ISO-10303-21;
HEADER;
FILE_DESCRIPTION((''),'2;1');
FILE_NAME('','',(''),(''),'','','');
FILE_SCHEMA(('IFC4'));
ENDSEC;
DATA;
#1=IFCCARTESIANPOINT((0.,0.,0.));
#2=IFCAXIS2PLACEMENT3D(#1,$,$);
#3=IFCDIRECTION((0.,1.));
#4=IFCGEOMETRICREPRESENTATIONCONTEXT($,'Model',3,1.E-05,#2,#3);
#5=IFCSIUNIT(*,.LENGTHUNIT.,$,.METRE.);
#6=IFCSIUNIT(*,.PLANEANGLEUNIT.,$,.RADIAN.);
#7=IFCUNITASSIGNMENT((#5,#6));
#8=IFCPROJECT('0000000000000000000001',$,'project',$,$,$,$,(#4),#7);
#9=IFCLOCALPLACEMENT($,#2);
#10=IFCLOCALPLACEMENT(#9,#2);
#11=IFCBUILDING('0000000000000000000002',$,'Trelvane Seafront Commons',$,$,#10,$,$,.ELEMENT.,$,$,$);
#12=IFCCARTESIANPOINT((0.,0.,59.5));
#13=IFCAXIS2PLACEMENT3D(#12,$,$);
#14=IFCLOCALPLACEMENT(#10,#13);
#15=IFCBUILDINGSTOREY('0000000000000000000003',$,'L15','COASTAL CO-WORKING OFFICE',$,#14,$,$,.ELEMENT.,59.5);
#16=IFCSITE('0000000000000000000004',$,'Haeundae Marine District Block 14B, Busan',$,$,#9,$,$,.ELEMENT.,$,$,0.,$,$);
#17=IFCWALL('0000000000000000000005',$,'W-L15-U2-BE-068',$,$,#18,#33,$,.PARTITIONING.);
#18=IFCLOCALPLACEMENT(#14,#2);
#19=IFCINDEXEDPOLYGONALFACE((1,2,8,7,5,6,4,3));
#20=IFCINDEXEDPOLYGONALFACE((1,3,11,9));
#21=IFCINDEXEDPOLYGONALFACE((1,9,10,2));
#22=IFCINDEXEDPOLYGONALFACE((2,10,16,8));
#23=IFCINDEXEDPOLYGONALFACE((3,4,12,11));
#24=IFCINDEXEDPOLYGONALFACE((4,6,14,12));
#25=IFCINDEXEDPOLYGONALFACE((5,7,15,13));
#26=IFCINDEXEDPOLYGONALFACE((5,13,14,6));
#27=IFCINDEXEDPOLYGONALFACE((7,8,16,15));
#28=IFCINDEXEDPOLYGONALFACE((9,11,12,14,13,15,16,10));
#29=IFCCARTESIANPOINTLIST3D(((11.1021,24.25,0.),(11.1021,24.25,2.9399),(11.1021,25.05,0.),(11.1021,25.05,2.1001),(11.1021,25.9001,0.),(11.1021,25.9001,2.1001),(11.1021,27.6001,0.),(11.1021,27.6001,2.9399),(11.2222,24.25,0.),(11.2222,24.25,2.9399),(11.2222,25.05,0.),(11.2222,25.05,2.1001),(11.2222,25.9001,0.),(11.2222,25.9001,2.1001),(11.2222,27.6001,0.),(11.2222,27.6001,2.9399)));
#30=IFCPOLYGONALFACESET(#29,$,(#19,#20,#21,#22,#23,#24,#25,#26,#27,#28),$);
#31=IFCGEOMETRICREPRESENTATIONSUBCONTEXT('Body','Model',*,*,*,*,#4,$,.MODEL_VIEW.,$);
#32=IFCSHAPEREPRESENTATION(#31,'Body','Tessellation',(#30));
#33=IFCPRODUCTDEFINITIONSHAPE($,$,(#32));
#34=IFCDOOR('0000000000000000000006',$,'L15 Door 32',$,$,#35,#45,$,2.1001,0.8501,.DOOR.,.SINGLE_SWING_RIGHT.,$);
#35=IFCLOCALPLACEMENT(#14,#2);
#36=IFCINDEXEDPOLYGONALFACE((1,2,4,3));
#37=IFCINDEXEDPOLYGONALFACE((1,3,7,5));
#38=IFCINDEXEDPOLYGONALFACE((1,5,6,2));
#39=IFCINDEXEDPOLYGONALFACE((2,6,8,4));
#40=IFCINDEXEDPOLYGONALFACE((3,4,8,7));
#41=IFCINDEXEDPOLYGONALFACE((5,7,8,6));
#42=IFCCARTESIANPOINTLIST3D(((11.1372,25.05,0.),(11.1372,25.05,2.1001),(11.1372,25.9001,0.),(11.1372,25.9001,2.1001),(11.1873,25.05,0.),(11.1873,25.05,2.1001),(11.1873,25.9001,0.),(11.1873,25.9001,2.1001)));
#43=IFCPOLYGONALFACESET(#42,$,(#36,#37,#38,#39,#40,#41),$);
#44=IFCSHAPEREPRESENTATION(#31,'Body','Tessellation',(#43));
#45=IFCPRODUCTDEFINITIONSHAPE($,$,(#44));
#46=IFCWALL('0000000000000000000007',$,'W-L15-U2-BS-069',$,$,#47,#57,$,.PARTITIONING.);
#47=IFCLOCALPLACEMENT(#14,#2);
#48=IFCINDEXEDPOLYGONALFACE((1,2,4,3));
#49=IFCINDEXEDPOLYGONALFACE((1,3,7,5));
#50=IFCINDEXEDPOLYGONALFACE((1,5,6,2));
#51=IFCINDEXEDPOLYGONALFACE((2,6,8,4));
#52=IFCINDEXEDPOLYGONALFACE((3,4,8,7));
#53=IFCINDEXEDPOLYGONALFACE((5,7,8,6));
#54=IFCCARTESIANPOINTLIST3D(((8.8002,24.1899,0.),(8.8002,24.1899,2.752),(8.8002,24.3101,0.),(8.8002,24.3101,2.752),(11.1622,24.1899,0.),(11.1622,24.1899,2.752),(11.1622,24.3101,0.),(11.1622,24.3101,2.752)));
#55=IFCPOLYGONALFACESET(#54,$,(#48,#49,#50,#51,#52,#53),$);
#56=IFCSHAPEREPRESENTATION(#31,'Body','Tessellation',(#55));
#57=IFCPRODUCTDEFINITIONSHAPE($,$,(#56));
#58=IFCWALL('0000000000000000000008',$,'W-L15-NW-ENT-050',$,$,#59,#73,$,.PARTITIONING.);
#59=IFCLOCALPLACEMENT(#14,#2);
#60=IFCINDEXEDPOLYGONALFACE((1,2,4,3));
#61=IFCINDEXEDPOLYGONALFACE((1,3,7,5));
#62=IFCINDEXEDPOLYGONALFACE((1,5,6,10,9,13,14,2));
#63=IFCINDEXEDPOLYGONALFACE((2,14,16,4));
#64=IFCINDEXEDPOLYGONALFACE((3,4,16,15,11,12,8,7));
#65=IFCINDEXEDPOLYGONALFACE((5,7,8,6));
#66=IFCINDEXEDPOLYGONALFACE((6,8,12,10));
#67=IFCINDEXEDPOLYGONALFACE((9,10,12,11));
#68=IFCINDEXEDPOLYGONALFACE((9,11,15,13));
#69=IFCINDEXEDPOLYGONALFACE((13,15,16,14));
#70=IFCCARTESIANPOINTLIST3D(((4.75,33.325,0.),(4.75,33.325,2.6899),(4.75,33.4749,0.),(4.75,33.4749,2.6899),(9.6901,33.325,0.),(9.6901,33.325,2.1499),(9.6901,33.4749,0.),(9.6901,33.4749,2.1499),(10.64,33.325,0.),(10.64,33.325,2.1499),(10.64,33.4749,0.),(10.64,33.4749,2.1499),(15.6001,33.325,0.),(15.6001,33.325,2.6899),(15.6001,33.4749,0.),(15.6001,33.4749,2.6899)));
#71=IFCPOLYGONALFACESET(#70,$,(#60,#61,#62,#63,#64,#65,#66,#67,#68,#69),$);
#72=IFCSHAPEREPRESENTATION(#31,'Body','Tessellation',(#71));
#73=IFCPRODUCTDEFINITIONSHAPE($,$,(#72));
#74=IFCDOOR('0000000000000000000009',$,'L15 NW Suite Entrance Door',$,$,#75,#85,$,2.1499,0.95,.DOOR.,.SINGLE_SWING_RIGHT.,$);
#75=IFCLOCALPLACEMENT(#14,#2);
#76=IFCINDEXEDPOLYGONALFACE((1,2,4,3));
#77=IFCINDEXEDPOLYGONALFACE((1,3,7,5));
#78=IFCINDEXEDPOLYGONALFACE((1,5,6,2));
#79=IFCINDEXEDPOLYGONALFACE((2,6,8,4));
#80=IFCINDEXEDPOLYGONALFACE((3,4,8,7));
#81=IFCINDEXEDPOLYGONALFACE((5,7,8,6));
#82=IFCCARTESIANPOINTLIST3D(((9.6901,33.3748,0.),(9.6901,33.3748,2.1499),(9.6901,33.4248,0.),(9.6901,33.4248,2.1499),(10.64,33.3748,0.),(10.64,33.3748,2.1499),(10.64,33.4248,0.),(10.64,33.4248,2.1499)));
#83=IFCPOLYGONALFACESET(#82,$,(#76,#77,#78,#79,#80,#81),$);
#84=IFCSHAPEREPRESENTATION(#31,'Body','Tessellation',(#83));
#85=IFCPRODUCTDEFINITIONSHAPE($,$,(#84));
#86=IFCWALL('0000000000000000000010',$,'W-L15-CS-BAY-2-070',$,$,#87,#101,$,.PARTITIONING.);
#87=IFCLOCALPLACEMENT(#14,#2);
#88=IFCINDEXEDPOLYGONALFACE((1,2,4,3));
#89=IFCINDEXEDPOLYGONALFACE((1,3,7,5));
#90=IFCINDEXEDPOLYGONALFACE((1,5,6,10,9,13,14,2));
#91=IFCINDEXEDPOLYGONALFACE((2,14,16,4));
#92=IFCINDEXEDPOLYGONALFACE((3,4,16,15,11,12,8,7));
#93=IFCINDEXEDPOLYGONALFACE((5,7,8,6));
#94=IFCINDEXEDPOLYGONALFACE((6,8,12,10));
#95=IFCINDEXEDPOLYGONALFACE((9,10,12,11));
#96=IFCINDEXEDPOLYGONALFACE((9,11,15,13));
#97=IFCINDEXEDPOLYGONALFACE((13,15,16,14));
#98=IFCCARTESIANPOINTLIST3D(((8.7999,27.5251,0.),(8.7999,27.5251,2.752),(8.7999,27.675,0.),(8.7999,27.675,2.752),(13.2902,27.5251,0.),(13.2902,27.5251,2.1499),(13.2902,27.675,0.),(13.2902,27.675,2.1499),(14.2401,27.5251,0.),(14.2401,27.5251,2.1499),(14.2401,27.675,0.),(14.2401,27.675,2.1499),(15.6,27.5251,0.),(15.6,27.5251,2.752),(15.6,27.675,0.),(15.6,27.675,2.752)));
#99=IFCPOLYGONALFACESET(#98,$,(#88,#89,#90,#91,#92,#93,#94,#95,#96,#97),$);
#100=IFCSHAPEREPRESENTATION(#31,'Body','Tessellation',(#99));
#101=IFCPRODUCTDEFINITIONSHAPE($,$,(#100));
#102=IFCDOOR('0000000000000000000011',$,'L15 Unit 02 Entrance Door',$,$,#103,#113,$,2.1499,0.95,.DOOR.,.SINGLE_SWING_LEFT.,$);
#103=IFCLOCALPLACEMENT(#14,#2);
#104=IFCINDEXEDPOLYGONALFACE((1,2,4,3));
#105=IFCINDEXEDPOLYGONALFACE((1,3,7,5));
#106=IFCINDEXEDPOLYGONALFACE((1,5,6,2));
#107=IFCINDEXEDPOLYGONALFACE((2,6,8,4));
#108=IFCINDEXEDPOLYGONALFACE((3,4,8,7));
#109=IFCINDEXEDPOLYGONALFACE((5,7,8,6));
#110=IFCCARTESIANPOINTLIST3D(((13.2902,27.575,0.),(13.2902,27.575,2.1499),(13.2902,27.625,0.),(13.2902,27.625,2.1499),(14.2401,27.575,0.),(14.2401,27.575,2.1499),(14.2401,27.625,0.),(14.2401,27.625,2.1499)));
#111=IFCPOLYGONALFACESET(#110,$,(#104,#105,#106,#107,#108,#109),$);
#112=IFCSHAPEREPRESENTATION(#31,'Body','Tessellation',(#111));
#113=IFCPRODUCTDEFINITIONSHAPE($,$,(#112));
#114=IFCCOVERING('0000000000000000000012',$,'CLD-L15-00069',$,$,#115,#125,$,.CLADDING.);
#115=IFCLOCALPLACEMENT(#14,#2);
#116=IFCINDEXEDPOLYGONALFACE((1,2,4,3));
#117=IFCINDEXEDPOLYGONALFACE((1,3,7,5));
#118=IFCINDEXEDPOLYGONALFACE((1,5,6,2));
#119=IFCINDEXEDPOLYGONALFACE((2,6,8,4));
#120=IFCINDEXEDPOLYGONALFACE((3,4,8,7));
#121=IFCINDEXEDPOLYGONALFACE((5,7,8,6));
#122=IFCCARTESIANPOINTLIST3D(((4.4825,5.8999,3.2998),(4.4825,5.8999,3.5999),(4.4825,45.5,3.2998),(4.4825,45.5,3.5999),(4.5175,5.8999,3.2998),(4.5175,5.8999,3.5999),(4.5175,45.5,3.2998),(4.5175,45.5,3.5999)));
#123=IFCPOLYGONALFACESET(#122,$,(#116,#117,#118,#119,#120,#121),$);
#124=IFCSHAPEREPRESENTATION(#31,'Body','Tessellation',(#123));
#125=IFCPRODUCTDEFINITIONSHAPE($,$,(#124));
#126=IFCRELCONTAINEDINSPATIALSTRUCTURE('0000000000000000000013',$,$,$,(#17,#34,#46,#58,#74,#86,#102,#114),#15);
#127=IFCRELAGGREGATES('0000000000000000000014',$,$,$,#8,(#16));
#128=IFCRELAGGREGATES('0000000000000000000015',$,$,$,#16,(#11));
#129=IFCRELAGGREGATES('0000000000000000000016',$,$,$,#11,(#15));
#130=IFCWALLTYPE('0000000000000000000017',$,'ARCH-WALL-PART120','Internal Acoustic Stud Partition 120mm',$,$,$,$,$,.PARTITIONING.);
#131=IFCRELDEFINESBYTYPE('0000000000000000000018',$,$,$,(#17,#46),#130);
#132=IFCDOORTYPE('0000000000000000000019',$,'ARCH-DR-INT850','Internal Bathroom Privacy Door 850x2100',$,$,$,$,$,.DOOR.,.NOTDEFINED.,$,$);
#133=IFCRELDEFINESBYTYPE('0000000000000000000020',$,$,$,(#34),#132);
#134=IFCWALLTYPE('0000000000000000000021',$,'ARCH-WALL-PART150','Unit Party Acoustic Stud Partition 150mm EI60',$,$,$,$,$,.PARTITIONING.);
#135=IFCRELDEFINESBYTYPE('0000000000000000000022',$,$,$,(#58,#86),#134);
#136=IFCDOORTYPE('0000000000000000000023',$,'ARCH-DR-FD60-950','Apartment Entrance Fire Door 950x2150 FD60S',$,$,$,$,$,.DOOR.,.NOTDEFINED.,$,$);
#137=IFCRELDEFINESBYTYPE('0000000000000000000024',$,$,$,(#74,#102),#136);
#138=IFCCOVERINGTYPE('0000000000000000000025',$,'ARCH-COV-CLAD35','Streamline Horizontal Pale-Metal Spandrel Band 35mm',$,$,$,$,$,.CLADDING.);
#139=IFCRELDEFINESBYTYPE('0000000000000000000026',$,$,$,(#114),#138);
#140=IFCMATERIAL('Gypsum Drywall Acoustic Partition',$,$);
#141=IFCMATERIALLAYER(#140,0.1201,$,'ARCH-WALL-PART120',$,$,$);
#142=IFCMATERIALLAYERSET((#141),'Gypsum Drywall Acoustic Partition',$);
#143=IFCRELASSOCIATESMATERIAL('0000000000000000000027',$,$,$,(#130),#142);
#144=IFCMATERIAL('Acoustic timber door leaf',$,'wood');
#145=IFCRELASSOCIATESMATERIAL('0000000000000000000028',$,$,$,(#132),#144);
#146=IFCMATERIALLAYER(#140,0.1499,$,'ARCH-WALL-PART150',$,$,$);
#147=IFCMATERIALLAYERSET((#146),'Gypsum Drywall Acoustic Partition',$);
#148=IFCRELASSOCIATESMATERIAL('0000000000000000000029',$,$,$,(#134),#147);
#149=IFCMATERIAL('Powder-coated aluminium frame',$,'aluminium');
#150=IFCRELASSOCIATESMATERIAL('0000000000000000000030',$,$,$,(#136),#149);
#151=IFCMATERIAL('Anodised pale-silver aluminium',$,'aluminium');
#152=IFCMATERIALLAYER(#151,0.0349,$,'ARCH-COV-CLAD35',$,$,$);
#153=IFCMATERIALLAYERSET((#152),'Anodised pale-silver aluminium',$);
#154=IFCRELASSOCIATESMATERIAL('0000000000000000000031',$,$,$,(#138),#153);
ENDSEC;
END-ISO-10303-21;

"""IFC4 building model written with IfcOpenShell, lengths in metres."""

from ifc_helpers import new_model, si_unit, direction, frame, frame_2d, origin, origin_2d, place, context, subcontext, project, spatial, rectangle, extrude, source, transform, mapped, material, layer, layer_set, type_object, element, fill, save


model = new_model("IFC4")

# Units and contexts
model_context = context("Model", 3, precision=1e-05, world=origin(), true_north=direction((0.0, 1.0)))
body_context = subcontext(model_context, "Body", "Model", "MODEL_VIEW")
ifc_project = project(units=[si_unit("LENGTHUNIT", "METRE"), si_unit("PLANEANGLEUNIT", "RADIAN")], contexts=[model_context])

# Site, building, storey
site_placement = place(None, origin())
site = spatial("IfcSite", under=ifc_project, at=site_placement, Name="Haeundae Marine District Block 14B, Busan", CompositionType="ELEMENT", RefElevation=0.0)
building_placement = place(site_placement, origin())
building = spatial("IfcBuilding", under=site, at=building_placement, Name="Trelvane Seafront Commons", CompositionType="ELEMENT")
storey_placement = place(building_placement, frame((0.0, 0.0, 59.5)))
storey = spatial("IfcBuildingStorey", under=building, at=storey_placement, Name="L15", Description="COASTAL CO-WORKING OFFICE", CompositionType="ELEMENT", Elevation=59.5)

# Wall, opening, door
ifc_material_1 = material(Name="Gypsum Drywall Acoustic Partition")
ifc_layer_1 = layer(ifc_material_1, 0.1201, Name="ARCH-WALL-PART120")
ifc_layer_set_1 = layer_set([ifc_layer_1], Name="Gypsum Drywall Acoustic Partition")
wall_type_1 = type_object("IfcWallType", Name="ARCH-WALL-PART120", Description="Internal Acoustic Stud Partition 120mm", PredefinedType="PARTITIONING", material=ifc_layer_set_1)
ifc_material_2 = material(Name="Acoustic timber door leaf", Category="wood")
shared_shape_1 = source(origin(), body_context, "Body", "SweptSolid", [
    extrude(rectangle(XDim=0.95, YDim=2.1499, at=frame_2d((0.4751, 1.075))), frame((0.0, 0.0249, 0.0), z_axis=(0.0, -1.0, 0.0), x_axis=(1.0, 0.0, 0.0)), (0.0, 0.0, 1.0), 0.05),
])
wall_1_placement = place(storey_placement, frame((11.1621, 24.25, 0.0), z_axis=(0.0, 0.0, 1.0), x_axis=(0.0, 1.0, 0.0)))
wall_1 = element("IfcWall", 1, at=wall_1_placement, inside=storey, type_object=wall_type_1, Name="W-L15-U2-BE-068", PredefinedType="PARTITIONING", context=body_context, shape_type="SweptSolid", body=[
    extrude(rectangle(XDim=3.3501, YDim=0.1201, at=frame_2d((1.675, 0.0))), origin(), (0.0, 0.0, 1.0), 2.9399),
])
opening_1_placement = place(wall_1_placement, frame((0.8, 0.0, 0.0)))
opening_1 = element("IfcOpeningElement", 2, at=opening_1_placement, cuts=wall_1, PredefinedType="OPENING", context=body_context, shape_type="SweptSolid", body=[
    extrude(rectangle(XDim=0.8501, YDim=2.1001, at=frame_2d((0.425, 1.05))), frame((0.0, 0.0701, 0.0), z_axis=(0.0, -1.0, 0.0), x_axis=(1.0, 0.0, 0.0)), (0.0, 0.0, 1.0), 0.1401),
])
door_type_1 = type_object("IfcDoorType", Name="ARCH-DR-INT850", Description="Internal Bathroom Privacy Door 850x2100", OperationType="NOTDEFINED", PredefinedType="DOOR", material=ifc_material_2)
shared_shape_2 = source(origin(), body_context, "Body", "SweptSolid", [
    extrude(rectangle(XDim=0.8501, YDim=2.1001, at=frame_2d((0.425, 1.05))), frame((0.0, 0.0249, 0.0), z_axis=(0.0, -1.0, 0.0), x_axis=(1.0, 0.0, 0.0)), (0.0, 0.0, 1.0), 0.05),
])
door_1_placement = place(opening_1_placement, origin())
door_1 = element("IfcDoor", 3, at=door_1_placement, inside=storey, type_object=door_type_1, Name="L15 Door 32", OperationType="SINGLE_SWING_RIGHT", OverallHeight=2.1001, OverallWidth=0.8501, PredefinedType="DOOR", context=body_context, shape_type="MappedRepresentation", body=[
    mapped(shared_shape_2, transform((0.0, 0.0, 0.0), x_axis=(1.0, 0.0, 0.0), y_axis=(0.0, 1.0, 0.0), z_axis=(0.0, 0.0, 1.0), scale=1.0)),
])
fill(opening_1, door_1)

# Wall
wall_2_placement = place(storey_placement, frame((8.8, 24.25, 0.0), z_axis=(0.0, 0.0, 1.0), x_axis=(1.0, 0.0, 0.0)))
element("IfcWall", 4, at=wall_2_placement, inside=storey, type_object=wall_type_1, Name="W-L15-U2-BS-069", PredefinedType="PARTITIONING", context=body_context, shape_type="SweptSolid", body=[
    extrude(rectangle(XDim=2.3621, YDim=0.1201, at=frame_2d((1.1812, 0.0))), origin(), (0.0, 0.0, 1.0), 2.752),
])

# Walls, openings, doors
ifc_layer_2 = layer(ifc_material_1, 0.1499, Name="ARCH-WALL-PART150")
ifc_layer_set_2 = layer_set([ifc_layer_2], Name="Gypsum Drywall Acoustic Partition")
wall_type_2 = type_object("IfcWallType", Name="ARCH-WALL-PART150", Description="Unit Party Acoustic Stud Partition 150mm EI60", PredefinedType="PARTITIONING", material=ifc_layer_set_2)
wall_3_placement = place(storey_placement, frame((4.75, 33.3999, 0.0), z_axis=(0.0, 0.0, 1.0), x_axis=(1.0, 0.0, 0.0)))
wall_3 = element("IfcWall", 5, at=wall_3_placement, inside=storey, type_object=wall_type_2, Name="W-L15-NW-ENT-050", PredefinedType="PARTITIONING", context=body_context, shape_type="SweptSolid", body=[
    extrude(rectangle(XDim=10.8501, YDim=0.1499, at=frame_2d((5.425, 0.0))), origin(), (0.0, 0.0, 1.0), 2.6899),
])
opening_2_placement = place(wall_3_placement, frame((4.9399, 0.0, 0.0)))
opening_2 = element("IfcOpeningElement", 6, at=opening_2_placement, cuts=wall_3, PredefinedType="OPENING", context=body_context, shape_type="SweptSolid", body=[
    extrude(rectangle(XDim=0.95, YDim=2.1499, at=frame_2d((0.4751, 1.075))), frame((0.0, 0.085, 0.0), z_axis=(0.0, -1.0, 0.0), x_axis=(1.0, 0.0, 0.0)), (0.0, 0.0, 1.0), 0.1699),
])
ifc_material_3 = material(Name="Powder-coated aluminium frame", Category="aluminium")
door_type_2 = type_object("IfcDoorType", Name="ARCH-DR-FD60-950", Description="Apartment Entrance Fire Door 950x2150 FD60S", OperationType="NOTDEFINED", PredefinedType="DOOR", material=ifc_material_3)
door_2_placement = place(opening_2_placement, origin())
door_2 = element("IfcDoor", 7, at=door_2_placement, inside=storey, type_object=door_type_2, Name="L15 NW Suite Entrance Door", OperationType="SINGLE_SWING_RIGHT", OverallHeight=2.1499, OverallWidth=0.95, PredefinedType="DOOR", context=body_context, shape_type="MappedRepresentation", body=[
    mapped(shared_shape_1, transform((0.0, 0.0, 0.0), x_axis=(1.0, 0.0, 0.0), y_axis=(0.0, 1.0, 0.0), z_axis=(0.0, 0.0, 1.0), scale=1.0)),
])
fill(opening_2, door_2)
wall_4_placement = place(storey_placement, frame((8.8, 27.6001, 0.0), z_axis=(0.0, 0.0, 1.0), x_axis=(1.0, 0.0, 0.0)))
wall_4 = element("IfcWall", 8, at=wall_4_placement, inside=storey, type_object=wall_type_2, Name="W-L15-CS-BAY-2-070", PredefinedType="PARTITIONING", context=body_context, shape_type="SweptSolid", body=[
    extrude(rectangle(XDim=6.8, YDim=0.1499, at=frame_2d((3.3999, 0.0))), origin(), (0.0, 0.0, 1.0), 2.752),
])
opening_3_placement = place(wall_4_placement, frame((4.49, 0.0, 0.0)))
opening_3 = element("IfcOpeningElement", 9, at=opening_3_placement, cuts=wall_4, PredefinedType="OPENING", context=body_context, shape_type="SweptSolid", body=[
    extrude(rectangle(XDim=0.95, YDim=2.1499, at=frame_2d((0.4751, 1.075))), frame((0.0, 0.085, 0.0), z_axis=(0.0, -1.0, 0.0), x_axis=(1.0, 0.0, 0.0)), (0.0, 0.0, 1.0), 0.1699),
])
door_3_placement = place(opening_3_placement, origin())
door_3 = element("IfcDoor", 10, at=door_3_placement, inside=storey, type_object=door_type_2, Name="L15 Unit 02 Entrance Door", OperationType="SINGLE_SWING_LEFT", OverallHeight=2.1499, OverallWidth=0.95, PredefinedType="DOOR", context=body_context, shape_type="MappedRepresentation", body=[
    mapped(shared_shape_1, transform((0.0, 0.0, 0.0), x_axis=(1.0, 0.0, 0.0), y_axis=(0.0, 1.0, 0.0), z_axis=(0.0, 0.0, 1.0), scale=1.0)),
])
fill(opening_3, door_3)

# Covering
ifc_material_4 = material(Name="Anodised pale-silver aluminium", Category="aluminium")
ifc_layer_3 = layer(ifc_material_4, 0.0349, Name="ARCH-COV-CLAD35")
ifc_layer_set_3 = layer_set([ifc_layer_3], Name="Anodised pale-silver aluminium")
covering_type = type_object("IfcCoveringType", Name="ARCH-COV-CLAD35", Description="Streamline Horizontal Pale-Metal Spandrel Band 35mm", PredefinedType="CLADDING", material=ifc_layer_set_3)
shared_shape_3 = source(origin(), body_context, "Body", "SweptSolid", [
    extrude(rectangle(XDim=39.6001, YDim=0.0349, at=origin_2d()), origin(), (0.0, 0.0, 1.0), 0.3),
])
covering_placement = place(storey_placement, frame((4.5, 25.7, 3.2998), z_axis=(0.0, 0.0, 1.0), x_axis=(0.0, 1.0, 0.0)))
element("IfcCovering", 11, at=covering_placement, inside=storey, type_object=covering_type, Name="CLD-L15-00069", PredefinedType="CLADDING", context=body_context, shape_type="MappedRepresentation", body=[
    mapped(shared_shape_3, transform((0.0, 0.0, 0.0), x_axis=(1.0, 0.0, 0.0), y_axis=(0.0, 1.0, 0.0), z_axis=(0.0, 0.0, 1.0), scale=1.0)),
])

save(model, "model.ifc")
